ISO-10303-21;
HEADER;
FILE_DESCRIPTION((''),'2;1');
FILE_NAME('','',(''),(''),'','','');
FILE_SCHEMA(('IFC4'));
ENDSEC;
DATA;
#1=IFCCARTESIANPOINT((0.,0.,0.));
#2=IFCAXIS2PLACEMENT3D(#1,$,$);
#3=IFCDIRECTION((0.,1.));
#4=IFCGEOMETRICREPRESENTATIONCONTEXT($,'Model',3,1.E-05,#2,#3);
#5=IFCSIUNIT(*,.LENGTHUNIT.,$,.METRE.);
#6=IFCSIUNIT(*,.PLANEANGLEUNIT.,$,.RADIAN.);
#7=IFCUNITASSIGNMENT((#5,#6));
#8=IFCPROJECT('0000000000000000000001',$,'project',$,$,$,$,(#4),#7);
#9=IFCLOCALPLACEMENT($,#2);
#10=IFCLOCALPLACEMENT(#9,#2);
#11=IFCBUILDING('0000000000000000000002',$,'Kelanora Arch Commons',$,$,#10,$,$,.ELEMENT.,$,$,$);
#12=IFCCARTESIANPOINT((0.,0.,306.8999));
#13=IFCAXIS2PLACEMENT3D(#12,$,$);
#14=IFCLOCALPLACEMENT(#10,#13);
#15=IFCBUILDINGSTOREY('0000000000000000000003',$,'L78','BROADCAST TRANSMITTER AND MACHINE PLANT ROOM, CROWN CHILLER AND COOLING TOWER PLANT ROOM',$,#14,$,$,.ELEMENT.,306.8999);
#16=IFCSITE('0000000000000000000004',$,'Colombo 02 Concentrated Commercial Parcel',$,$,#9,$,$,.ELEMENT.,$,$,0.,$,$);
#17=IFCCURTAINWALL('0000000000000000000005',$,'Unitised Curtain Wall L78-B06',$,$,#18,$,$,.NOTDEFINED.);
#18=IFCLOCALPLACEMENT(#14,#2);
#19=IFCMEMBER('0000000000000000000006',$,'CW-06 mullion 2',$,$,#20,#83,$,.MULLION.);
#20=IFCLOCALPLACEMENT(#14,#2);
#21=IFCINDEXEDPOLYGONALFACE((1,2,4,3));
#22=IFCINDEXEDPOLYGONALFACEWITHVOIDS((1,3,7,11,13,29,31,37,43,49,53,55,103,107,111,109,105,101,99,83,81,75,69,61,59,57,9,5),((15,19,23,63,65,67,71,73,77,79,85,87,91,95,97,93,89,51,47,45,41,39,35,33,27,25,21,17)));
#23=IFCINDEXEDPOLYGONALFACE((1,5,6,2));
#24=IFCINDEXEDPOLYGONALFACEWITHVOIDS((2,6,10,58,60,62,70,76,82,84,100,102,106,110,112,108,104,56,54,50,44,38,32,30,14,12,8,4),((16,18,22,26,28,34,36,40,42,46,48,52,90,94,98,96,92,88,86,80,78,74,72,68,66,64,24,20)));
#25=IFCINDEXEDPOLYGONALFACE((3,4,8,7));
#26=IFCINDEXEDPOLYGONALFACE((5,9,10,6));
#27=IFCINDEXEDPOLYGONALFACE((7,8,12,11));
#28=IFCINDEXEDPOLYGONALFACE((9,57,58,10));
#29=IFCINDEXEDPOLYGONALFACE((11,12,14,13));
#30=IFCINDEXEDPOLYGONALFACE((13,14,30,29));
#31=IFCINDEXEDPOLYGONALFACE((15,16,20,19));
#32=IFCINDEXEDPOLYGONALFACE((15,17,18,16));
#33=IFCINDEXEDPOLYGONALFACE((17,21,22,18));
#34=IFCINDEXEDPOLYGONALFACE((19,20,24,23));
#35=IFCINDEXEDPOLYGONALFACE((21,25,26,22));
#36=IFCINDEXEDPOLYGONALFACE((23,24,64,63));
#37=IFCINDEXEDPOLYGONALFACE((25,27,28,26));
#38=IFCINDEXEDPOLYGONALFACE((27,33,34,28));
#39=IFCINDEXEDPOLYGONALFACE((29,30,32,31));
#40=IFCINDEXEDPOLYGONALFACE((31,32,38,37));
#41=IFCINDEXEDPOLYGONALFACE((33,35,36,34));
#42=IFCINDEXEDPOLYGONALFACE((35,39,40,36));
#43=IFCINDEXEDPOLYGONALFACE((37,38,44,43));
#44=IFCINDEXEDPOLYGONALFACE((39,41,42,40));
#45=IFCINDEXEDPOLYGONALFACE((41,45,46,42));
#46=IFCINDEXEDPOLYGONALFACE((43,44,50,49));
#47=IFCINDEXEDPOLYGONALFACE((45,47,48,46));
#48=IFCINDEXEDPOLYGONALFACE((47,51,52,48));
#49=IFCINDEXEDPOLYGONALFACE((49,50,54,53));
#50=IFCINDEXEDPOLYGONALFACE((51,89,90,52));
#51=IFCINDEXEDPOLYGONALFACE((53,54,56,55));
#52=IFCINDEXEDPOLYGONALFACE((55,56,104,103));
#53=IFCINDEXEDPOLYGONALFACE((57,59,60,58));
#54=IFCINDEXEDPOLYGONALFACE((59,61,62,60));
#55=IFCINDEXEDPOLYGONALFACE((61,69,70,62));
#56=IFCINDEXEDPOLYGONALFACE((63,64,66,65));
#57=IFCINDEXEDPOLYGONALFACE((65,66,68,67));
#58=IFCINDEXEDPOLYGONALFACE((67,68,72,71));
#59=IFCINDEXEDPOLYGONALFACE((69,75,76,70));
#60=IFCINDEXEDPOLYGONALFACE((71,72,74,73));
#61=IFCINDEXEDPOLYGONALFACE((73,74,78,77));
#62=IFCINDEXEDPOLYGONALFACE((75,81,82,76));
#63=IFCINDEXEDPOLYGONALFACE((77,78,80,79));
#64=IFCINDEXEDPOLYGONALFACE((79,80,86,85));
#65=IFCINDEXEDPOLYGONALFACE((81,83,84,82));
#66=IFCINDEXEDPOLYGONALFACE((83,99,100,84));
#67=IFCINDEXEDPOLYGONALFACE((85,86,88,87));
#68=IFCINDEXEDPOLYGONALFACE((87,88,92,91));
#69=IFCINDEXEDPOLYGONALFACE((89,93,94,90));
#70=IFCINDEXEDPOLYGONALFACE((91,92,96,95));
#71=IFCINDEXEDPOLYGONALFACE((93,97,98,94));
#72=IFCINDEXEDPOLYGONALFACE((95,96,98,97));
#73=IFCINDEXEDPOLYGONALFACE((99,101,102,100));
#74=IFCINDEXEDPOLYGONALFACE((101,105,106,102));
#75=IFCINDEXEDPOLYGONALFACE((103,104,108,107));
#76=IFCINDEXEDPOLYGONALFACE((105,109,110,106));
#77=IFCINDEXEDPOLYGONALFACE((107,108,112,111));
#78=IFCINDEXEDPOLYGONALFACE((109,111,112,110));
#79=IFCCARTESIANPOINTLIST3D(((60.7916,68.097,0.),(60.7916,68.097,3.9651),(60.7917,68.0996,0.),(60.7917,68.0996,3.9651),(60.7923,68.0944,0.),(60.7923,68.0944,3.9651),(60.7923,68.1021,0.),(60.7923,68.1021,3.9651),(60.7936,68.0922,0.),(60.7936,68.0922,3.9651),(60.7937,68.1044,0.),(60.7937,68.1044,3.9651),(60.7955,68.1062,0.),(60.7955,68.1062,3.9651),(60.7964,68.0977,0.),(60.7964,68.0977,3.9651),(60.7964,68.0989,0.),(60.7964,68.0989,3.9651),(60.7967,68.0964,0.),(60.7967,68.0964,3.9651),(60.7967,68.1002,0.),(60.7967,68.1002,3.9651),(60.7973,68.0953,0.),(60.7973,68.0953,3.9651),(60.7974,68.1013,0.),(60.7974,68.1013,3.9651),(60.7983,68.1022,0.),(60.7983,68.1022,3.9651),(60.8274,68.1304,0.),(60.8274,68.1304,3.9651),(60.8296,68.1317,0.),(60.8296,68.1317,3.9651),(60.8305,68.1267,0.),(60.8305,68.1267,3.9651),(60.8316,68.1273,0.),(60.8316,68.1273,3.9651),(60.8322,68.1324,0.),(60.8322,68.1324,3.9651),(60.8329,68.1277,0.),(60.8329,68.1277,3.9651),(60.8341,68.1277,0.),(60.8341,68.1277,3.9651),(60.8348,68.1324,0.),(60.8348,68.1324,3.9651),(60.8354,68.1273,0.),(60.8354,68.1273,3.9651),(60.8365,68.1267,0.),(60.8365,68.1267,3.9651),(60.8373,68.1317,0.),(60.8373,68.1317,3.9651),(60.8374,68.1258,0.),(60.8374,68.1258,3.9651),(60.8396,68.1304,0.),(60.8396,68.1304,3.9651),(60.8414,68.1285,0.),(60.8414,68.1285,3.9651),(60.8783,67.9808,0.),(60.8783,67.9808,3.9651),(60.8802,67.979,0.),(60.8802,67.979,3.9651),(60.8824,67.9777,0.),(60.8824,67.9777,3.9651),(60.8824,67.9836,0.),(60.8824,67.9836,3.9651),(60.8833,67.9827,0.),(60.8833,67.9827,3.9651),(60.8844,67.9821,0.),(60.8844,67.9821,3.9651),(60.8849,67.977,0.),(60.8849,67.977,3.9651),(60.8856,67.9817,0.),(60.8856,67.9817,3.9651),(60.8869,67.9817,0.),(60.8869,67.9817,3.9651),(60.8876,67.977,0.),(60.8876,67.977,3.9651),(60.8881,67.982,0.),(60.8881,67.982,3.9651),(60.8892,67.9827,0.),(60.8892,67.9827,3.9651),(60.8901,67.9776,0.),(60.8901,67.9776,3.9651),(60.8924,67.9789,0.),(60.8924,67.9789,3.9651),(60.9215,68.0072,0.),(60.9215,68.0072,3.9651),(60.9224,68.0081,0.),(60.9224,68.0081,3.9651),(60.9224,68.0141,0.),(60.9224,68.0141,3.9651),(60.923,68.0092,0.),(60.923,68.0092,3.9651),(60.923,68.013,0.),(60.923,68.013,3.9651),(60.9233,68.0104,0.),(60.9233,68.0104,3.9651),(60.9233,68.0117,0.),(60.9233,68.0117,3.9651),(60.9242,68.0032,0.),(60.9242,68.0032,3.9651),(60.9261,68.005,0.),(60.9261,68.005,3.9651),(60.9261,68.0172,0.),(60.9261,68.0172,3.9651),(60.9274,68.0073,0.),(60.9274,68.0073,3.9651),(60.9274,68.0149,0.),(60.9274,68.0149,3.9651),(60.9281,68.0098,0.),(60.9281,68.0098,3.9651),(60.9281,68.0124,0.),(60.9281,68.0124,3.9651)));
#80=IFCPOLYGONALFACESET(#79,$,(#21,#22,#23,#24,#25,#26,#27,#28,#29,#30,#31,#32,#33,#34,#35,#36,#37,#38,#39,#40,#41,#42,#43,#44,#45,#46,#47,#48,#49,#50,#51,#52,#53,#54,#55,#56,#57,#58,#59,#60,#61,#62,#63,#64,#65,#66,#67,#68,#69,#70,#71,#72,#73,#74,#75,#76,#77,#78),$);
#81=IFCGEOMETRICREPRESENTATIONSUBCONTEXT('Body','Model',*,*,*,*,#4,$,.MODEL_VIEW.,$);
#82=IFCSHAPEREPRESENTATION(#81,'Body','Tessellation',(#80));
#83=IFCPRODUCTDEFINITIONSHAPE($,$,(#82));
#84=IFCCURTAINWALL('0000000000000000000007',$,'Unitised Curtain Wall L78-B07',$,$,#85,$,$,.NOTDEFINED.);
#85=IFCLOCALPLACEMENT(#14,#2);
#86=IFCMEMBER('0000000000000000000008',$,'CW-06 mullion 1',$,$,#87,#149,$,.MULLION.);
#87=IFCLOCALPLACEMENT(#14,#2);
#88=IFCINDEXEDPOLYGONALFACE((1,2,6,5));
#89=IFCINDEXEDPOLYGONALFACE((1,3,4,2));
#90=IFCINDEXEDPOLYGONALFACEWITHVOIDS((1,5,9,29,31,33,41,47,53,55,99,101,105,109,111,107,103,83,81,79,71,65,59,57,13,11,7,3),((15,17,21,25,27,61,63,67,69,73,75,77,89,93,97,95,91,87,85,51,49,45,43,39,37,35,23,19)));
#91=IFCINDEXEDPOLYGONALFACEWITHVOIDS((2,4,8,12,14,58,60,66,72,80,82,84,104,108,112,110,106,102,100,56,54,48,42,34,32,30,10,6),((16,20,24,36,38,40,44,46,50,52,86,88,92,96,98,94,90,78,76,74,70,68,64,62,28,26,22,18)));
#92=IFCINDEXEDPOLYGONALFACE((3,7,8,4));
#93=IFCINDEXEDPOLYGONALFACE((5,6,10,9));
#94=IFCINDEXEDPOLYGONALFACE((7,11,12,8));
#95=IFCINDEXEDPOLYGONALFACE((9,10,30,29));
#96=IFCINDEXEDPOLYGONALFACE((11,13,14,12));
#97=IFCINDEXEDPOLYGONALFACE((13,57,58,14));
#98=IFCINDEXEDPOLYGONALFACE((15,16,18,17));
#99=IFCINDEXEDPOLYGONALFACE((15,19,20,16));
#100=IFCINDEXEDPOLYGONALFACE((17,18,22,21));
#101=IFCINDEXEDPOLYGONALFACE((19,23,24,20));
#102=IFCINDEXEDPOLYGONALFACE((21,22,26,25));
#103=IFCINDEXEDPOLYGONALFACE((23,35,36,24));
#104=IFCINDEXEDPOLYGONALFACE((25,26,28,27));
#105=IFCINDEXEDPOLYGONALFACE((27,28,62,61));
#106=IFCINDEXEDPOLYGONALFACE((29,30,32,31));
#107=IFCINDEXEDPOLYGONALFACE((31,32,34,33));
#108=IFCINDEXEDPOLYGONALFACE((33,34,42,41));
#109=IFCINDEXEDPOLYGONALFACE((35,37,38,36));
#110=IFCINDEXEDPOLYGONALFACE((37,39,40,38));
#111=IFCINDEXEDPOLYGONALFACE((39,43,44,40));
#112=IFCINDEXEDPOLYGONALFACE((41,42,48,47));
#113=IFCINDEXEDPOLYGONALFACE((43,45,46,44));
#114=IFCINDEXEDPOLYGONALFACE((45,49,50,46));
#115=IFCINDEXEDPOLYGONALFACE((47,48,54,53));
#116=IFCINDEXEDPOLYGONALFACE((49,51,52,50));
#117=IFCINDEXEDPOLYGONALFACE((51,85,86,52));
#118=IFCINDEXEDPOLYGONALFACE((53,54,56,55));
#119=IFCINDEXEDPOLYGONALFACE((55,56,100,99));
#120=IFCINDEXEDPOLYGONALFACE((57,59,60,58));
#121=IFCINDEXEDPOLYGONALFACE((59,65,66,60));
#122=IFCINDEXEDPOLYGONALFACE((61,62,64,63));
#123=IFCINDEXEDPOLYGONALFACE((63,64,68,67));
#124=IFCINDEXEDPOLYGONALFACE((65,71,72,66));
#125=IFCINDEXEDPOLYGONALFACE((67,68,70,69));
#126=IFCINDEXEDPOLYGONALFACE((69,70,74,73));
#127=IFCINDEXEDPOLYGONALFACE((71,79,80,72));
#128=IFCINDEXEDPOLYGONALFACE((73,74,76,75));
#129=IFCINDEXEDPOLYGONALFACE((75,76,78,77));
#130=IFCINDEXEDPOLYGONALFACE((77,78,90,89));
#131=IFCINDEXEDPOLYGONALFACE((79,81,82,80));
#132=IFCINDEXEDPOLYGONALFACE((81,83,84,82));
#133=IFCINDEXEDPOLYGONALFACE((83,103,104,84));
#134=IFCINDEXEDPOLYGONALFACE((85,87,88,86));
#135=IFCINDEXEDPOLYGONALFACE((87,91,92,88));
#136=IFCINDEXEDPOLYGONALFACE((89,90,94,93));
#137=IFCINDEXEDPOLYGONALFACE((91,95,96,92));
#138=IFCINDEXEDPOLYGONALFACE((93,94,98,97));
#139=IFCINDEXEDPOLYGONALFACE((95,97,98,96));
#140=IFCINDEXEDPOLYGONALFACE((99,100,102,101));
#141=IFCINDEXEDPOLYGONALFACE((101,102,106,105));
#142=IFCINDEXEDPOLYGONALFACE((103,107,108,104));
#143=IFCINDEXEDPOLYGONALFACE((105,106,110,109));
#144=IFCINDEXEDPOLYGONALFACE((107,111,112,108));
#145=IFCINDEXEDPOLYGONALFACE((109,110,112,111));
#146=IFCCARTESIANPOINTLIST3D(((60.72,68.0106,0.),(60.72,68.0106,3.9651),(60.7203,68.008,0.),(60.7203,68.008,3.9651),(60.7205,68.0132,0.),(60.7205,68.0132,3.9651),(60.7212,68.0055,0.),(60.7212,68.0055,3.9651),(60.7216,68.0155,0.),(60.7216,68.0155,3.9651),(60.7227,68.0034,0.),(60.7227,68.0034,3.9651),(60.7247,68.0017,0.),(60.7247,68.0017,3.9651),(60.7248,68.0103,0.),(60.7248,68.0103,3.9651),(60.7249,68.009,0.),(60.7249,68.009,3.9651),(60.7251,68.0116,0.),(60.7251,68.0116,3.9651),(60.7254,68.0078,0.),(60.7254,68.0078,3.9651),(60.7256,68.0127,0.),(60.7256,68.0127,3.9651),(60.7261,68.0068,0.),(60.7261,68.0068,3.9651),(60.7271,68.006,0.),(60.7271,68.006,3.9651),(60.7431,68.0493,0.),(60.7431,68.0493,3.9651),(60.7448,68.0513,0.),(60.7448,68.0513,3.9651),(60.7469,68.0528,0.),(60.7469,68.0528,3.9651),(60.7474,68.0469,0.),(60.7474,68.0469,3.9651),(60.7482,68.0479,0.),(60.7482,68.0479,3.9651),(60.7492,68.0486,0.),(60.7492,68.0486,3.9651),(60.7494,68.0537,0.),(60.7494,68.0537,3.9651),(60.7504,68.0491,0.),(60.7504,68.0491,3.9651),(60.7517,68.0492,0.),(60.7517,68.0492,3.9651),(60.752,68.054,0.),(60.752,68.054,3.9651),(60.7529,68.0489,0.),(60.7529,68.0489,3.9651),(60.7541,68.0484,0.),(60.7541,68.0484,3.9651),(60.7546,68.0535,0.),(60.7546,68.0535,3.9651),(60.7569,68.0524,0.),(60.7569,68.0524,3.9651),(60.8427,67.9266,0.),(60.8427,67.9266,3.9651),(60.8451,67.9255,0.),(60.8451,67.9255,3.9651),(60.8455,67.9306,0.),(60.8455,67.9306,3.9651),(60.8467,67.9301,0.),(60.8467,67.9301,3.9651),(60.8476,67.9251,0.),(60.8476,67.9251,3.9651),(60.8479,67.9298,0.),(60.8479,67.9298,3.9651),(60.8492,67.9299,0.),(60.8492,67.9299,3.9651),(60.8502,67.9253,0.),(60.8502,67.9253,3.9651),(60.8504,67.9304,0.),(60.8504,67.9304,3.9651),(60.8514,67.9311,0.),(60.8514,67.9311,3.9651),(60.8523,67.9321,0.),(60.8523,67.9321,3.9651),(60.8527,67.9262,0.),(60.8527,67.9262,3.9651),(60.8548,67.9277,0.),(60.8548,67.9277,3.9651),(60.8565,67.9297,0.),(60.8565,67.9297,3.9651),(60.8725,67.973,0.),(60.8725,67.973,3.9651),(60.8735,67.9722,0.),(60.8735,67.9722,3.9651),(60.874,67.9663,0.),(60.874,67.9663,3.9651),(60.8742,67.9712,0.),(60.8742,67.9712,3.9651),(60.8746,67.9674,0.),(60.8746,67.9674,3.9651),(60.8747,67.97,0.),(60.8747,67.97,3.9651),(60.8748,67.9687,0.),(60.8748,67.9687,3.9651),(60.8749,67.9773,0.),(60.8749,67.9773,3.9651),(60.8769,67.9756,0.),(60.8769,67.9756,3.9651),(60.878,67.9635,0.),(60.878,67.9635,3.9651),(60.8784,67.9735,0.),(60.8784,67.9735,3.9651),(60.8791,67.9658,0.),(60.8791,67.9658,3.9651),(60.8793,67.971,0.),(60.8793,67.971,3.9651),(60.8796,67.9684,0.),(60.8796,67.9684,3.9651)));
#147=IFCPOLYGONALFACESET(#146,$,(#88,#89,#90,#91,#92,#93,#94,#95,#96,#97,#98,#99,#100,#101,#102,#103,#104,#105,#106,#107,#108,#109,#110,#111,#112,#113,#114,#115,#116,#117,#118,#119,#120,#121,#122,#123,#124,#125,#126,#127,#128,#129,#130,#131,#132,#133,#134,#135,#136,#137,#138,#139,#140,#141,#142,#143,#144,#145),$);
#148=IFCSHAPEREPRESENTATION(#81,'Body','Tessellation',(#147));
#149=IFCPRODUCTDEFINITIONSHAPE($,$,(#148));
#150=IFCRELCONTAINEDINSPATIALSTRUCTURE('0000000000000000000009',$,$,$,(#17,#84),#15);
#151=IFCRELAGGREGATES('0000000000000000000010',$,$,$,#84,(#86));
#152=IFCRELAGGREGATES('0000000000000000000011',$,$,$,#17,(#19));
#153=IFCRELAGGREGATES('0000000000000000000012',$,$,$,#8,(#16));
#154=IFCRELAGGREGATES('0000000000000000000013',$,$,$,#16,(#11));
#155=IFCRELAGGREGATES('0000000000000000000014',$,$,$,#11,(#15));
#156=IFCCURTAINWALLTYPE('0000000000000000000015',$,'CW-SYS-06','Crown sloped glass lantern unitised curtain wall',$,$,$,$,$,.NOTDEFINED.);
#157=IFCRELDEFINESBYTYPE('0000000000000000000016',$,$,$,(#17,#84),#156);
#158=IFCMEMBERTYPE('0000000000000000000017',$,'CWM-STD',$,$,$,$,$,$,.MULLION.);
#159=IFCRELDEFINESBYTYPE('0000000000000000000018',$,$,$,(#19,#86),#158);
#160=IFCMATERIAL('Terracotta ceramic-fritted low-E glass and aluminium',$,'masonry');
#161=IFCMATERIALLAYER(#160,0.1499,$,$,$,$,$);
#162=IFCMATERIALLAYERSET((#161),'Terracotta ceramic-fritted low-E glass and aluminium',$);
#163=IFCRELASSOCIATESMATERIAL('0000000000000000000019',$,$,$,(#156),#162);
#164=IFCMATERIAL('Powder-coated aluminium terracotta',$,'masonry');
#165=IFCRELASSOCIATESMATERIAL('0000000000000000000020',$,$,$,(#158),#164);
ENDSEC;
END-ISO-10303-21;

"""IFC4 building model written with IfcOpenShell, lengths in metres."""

from ifc_helpers import new_model, si_unit, direction, frame, origin, origin_2d, place, context, subcontext, project, spatial, hollow_rectangle, extrude, material, layer, layer_set, material_profile, profile_set, type_object, element, aggregate, save


model = new_model("IFC4")

# Units and contexts
model_context = context("Model", 3, precision=1e-05, world=origin(), true_north=direction((0.0, 1.0)))
body_context = subcontext(model_context, "Body", "Model", "MODEL_VIEW")
ifc_project = project(units=[si_unit("LENGTHUNIT", "METRE"), si_unit("PLANEANGLEUNIT", "RADIAN")], contexts=[model_context])

# Site, building, storey
site_placement = place(None, origin())
site = spatial("IfcSite", under=ifc_project, at=site_placement, Name="Colombo 02 Concentrated Commercial Parcel", CompositionType="ELEMENT", RefElevation=0.0)
building_placement = place(site_placement, origin())
building = spatial("IfcBuilding", under=site, at=building_placement, Name="Kelanora Arch Commons", CompositionType="ELEMENT")
storey_placement = place(building_placement, frame((0.0, 0.0, 306.8999)))
storey = spatial("IfcBuildingStorey", under=building, at=storey_placement, Name="L78", Description="BROADCAST TRANSMITTER AND MACHINE PLANT ROOM, CROWN CHILLER AND COOLING TOWER PLANT ROOM", CompositionType="ELEMENT", Elevation=306.8999)

# Curtain wall, member
ifc_material_1 = material(Name="Terracotta ceramic-fritted low-E glass and aluminium", Category="masonry")
ifc_layer_1 = layer(ifc_material_1, 0.1499)
ifc_layer_set_1 = layer_set([ifc_layer_1], Name="Terracotta ceramic-fritted low-E glass and aluminium")
curtain_wall_type = type_object("IfcCurtainWallType", Name="CW-SYS-06", Description="Crown sloped glass lantern unitised curtain wall", PredefinedType="NOTDEFINED", material=ifc_layer_set_1)
curtain_wall_1_placement = place(storey_placement, origin())
curtain_wall_1 = element("IfcCurtainWall", 1, at=curtain_wall_1_placement, inside=storey, type_object=curtain_wall_type, Name="Unitised Curtain Wall L78-B06", PredefinedType="NOTDEFINED")
ifc_material_2 = material(Name="Powder-coated aluminium terracotta", Category="masonry")
ifc_material_profile_1 = material_profile(ifc_material_2, hollow_rectangle(XDim=0.1599, YDim=0.0601, WallThickness=0.0049, InnerFilletRadius=0.0049, OuterFilletRadius=0.01, at=origin_2d()), Name="CWM160x60")
ifc_profile_set_1 = profile_set([ifc_material_profile_1], Name="Powder-coated aluminium terracotta")
member_type_1 = type_object("IfcMemberType", Name="CWM-STD", PredefinedType="MULLION", material=ifc_profile_set_1)
member_1_placement = place(storey_placement, frame((60.8599, 68.0547, 0.0), z_axis=(0.0, 0.0, 1.0), x_axis=(0.605596, -0.795772, 0.0)))
member_1 = element("IfcMember", 2, at=member_1_placement, type_object=member_type_1, Name="CW-06 mullion 2", PredefinedType="MULLION", context=body_context, shape_type="SweptSolid", body=[
    extrude(hollow_rectangle(XDim=0.1599, YDim=0.0601, WallThickness=0.0049, InnerFilletRadius=0.0049, OuterFilletRadius=0.01, at=origin_2d()), origin(), (0.0, 0.0, 1.0), 3.9651),
])

# Curtain wall, member
curtain_wall_2_placement = place(storey_placement, origin())
curtain_wall_2 = element("IfcCurtainWall", 3, at=curtain_wall_2_placement, inside=storey, type_object=curtain_wall_type, Name="Unitised Curtain Wall L78-B07", PredefinedType="NOTDEFINED")
member_2_placement = place(storey_placement, frame((60.7998, 67.9895, 0.0), z_axis=(0.0, 0.0, 1.0), x_axis=(0.843592, -0.536984, 0.0)))
member_2 = element("IfcMember", 4, at=member_2_placement, type_object=member_type_1, Name="CW-06 mullion 1", PredefinedType="MULLION", context=body_context, shape_type="SweptSolid", body=[
    extrude(hollow_rectangle(XDim=0.1599, YDim=0.0601, WallThickness=0.0049, InnerFilletRadius=0.0049, OuterFilletRadius=0.01, at=origin_2d()), origin(), (0.0, 0.0, 1.0), 3.9651),
])

aggregate(curtain_wall_2, [member_2])
aggregate(curtain_wall_1, [member_1])

save(model, "model.ifc")
